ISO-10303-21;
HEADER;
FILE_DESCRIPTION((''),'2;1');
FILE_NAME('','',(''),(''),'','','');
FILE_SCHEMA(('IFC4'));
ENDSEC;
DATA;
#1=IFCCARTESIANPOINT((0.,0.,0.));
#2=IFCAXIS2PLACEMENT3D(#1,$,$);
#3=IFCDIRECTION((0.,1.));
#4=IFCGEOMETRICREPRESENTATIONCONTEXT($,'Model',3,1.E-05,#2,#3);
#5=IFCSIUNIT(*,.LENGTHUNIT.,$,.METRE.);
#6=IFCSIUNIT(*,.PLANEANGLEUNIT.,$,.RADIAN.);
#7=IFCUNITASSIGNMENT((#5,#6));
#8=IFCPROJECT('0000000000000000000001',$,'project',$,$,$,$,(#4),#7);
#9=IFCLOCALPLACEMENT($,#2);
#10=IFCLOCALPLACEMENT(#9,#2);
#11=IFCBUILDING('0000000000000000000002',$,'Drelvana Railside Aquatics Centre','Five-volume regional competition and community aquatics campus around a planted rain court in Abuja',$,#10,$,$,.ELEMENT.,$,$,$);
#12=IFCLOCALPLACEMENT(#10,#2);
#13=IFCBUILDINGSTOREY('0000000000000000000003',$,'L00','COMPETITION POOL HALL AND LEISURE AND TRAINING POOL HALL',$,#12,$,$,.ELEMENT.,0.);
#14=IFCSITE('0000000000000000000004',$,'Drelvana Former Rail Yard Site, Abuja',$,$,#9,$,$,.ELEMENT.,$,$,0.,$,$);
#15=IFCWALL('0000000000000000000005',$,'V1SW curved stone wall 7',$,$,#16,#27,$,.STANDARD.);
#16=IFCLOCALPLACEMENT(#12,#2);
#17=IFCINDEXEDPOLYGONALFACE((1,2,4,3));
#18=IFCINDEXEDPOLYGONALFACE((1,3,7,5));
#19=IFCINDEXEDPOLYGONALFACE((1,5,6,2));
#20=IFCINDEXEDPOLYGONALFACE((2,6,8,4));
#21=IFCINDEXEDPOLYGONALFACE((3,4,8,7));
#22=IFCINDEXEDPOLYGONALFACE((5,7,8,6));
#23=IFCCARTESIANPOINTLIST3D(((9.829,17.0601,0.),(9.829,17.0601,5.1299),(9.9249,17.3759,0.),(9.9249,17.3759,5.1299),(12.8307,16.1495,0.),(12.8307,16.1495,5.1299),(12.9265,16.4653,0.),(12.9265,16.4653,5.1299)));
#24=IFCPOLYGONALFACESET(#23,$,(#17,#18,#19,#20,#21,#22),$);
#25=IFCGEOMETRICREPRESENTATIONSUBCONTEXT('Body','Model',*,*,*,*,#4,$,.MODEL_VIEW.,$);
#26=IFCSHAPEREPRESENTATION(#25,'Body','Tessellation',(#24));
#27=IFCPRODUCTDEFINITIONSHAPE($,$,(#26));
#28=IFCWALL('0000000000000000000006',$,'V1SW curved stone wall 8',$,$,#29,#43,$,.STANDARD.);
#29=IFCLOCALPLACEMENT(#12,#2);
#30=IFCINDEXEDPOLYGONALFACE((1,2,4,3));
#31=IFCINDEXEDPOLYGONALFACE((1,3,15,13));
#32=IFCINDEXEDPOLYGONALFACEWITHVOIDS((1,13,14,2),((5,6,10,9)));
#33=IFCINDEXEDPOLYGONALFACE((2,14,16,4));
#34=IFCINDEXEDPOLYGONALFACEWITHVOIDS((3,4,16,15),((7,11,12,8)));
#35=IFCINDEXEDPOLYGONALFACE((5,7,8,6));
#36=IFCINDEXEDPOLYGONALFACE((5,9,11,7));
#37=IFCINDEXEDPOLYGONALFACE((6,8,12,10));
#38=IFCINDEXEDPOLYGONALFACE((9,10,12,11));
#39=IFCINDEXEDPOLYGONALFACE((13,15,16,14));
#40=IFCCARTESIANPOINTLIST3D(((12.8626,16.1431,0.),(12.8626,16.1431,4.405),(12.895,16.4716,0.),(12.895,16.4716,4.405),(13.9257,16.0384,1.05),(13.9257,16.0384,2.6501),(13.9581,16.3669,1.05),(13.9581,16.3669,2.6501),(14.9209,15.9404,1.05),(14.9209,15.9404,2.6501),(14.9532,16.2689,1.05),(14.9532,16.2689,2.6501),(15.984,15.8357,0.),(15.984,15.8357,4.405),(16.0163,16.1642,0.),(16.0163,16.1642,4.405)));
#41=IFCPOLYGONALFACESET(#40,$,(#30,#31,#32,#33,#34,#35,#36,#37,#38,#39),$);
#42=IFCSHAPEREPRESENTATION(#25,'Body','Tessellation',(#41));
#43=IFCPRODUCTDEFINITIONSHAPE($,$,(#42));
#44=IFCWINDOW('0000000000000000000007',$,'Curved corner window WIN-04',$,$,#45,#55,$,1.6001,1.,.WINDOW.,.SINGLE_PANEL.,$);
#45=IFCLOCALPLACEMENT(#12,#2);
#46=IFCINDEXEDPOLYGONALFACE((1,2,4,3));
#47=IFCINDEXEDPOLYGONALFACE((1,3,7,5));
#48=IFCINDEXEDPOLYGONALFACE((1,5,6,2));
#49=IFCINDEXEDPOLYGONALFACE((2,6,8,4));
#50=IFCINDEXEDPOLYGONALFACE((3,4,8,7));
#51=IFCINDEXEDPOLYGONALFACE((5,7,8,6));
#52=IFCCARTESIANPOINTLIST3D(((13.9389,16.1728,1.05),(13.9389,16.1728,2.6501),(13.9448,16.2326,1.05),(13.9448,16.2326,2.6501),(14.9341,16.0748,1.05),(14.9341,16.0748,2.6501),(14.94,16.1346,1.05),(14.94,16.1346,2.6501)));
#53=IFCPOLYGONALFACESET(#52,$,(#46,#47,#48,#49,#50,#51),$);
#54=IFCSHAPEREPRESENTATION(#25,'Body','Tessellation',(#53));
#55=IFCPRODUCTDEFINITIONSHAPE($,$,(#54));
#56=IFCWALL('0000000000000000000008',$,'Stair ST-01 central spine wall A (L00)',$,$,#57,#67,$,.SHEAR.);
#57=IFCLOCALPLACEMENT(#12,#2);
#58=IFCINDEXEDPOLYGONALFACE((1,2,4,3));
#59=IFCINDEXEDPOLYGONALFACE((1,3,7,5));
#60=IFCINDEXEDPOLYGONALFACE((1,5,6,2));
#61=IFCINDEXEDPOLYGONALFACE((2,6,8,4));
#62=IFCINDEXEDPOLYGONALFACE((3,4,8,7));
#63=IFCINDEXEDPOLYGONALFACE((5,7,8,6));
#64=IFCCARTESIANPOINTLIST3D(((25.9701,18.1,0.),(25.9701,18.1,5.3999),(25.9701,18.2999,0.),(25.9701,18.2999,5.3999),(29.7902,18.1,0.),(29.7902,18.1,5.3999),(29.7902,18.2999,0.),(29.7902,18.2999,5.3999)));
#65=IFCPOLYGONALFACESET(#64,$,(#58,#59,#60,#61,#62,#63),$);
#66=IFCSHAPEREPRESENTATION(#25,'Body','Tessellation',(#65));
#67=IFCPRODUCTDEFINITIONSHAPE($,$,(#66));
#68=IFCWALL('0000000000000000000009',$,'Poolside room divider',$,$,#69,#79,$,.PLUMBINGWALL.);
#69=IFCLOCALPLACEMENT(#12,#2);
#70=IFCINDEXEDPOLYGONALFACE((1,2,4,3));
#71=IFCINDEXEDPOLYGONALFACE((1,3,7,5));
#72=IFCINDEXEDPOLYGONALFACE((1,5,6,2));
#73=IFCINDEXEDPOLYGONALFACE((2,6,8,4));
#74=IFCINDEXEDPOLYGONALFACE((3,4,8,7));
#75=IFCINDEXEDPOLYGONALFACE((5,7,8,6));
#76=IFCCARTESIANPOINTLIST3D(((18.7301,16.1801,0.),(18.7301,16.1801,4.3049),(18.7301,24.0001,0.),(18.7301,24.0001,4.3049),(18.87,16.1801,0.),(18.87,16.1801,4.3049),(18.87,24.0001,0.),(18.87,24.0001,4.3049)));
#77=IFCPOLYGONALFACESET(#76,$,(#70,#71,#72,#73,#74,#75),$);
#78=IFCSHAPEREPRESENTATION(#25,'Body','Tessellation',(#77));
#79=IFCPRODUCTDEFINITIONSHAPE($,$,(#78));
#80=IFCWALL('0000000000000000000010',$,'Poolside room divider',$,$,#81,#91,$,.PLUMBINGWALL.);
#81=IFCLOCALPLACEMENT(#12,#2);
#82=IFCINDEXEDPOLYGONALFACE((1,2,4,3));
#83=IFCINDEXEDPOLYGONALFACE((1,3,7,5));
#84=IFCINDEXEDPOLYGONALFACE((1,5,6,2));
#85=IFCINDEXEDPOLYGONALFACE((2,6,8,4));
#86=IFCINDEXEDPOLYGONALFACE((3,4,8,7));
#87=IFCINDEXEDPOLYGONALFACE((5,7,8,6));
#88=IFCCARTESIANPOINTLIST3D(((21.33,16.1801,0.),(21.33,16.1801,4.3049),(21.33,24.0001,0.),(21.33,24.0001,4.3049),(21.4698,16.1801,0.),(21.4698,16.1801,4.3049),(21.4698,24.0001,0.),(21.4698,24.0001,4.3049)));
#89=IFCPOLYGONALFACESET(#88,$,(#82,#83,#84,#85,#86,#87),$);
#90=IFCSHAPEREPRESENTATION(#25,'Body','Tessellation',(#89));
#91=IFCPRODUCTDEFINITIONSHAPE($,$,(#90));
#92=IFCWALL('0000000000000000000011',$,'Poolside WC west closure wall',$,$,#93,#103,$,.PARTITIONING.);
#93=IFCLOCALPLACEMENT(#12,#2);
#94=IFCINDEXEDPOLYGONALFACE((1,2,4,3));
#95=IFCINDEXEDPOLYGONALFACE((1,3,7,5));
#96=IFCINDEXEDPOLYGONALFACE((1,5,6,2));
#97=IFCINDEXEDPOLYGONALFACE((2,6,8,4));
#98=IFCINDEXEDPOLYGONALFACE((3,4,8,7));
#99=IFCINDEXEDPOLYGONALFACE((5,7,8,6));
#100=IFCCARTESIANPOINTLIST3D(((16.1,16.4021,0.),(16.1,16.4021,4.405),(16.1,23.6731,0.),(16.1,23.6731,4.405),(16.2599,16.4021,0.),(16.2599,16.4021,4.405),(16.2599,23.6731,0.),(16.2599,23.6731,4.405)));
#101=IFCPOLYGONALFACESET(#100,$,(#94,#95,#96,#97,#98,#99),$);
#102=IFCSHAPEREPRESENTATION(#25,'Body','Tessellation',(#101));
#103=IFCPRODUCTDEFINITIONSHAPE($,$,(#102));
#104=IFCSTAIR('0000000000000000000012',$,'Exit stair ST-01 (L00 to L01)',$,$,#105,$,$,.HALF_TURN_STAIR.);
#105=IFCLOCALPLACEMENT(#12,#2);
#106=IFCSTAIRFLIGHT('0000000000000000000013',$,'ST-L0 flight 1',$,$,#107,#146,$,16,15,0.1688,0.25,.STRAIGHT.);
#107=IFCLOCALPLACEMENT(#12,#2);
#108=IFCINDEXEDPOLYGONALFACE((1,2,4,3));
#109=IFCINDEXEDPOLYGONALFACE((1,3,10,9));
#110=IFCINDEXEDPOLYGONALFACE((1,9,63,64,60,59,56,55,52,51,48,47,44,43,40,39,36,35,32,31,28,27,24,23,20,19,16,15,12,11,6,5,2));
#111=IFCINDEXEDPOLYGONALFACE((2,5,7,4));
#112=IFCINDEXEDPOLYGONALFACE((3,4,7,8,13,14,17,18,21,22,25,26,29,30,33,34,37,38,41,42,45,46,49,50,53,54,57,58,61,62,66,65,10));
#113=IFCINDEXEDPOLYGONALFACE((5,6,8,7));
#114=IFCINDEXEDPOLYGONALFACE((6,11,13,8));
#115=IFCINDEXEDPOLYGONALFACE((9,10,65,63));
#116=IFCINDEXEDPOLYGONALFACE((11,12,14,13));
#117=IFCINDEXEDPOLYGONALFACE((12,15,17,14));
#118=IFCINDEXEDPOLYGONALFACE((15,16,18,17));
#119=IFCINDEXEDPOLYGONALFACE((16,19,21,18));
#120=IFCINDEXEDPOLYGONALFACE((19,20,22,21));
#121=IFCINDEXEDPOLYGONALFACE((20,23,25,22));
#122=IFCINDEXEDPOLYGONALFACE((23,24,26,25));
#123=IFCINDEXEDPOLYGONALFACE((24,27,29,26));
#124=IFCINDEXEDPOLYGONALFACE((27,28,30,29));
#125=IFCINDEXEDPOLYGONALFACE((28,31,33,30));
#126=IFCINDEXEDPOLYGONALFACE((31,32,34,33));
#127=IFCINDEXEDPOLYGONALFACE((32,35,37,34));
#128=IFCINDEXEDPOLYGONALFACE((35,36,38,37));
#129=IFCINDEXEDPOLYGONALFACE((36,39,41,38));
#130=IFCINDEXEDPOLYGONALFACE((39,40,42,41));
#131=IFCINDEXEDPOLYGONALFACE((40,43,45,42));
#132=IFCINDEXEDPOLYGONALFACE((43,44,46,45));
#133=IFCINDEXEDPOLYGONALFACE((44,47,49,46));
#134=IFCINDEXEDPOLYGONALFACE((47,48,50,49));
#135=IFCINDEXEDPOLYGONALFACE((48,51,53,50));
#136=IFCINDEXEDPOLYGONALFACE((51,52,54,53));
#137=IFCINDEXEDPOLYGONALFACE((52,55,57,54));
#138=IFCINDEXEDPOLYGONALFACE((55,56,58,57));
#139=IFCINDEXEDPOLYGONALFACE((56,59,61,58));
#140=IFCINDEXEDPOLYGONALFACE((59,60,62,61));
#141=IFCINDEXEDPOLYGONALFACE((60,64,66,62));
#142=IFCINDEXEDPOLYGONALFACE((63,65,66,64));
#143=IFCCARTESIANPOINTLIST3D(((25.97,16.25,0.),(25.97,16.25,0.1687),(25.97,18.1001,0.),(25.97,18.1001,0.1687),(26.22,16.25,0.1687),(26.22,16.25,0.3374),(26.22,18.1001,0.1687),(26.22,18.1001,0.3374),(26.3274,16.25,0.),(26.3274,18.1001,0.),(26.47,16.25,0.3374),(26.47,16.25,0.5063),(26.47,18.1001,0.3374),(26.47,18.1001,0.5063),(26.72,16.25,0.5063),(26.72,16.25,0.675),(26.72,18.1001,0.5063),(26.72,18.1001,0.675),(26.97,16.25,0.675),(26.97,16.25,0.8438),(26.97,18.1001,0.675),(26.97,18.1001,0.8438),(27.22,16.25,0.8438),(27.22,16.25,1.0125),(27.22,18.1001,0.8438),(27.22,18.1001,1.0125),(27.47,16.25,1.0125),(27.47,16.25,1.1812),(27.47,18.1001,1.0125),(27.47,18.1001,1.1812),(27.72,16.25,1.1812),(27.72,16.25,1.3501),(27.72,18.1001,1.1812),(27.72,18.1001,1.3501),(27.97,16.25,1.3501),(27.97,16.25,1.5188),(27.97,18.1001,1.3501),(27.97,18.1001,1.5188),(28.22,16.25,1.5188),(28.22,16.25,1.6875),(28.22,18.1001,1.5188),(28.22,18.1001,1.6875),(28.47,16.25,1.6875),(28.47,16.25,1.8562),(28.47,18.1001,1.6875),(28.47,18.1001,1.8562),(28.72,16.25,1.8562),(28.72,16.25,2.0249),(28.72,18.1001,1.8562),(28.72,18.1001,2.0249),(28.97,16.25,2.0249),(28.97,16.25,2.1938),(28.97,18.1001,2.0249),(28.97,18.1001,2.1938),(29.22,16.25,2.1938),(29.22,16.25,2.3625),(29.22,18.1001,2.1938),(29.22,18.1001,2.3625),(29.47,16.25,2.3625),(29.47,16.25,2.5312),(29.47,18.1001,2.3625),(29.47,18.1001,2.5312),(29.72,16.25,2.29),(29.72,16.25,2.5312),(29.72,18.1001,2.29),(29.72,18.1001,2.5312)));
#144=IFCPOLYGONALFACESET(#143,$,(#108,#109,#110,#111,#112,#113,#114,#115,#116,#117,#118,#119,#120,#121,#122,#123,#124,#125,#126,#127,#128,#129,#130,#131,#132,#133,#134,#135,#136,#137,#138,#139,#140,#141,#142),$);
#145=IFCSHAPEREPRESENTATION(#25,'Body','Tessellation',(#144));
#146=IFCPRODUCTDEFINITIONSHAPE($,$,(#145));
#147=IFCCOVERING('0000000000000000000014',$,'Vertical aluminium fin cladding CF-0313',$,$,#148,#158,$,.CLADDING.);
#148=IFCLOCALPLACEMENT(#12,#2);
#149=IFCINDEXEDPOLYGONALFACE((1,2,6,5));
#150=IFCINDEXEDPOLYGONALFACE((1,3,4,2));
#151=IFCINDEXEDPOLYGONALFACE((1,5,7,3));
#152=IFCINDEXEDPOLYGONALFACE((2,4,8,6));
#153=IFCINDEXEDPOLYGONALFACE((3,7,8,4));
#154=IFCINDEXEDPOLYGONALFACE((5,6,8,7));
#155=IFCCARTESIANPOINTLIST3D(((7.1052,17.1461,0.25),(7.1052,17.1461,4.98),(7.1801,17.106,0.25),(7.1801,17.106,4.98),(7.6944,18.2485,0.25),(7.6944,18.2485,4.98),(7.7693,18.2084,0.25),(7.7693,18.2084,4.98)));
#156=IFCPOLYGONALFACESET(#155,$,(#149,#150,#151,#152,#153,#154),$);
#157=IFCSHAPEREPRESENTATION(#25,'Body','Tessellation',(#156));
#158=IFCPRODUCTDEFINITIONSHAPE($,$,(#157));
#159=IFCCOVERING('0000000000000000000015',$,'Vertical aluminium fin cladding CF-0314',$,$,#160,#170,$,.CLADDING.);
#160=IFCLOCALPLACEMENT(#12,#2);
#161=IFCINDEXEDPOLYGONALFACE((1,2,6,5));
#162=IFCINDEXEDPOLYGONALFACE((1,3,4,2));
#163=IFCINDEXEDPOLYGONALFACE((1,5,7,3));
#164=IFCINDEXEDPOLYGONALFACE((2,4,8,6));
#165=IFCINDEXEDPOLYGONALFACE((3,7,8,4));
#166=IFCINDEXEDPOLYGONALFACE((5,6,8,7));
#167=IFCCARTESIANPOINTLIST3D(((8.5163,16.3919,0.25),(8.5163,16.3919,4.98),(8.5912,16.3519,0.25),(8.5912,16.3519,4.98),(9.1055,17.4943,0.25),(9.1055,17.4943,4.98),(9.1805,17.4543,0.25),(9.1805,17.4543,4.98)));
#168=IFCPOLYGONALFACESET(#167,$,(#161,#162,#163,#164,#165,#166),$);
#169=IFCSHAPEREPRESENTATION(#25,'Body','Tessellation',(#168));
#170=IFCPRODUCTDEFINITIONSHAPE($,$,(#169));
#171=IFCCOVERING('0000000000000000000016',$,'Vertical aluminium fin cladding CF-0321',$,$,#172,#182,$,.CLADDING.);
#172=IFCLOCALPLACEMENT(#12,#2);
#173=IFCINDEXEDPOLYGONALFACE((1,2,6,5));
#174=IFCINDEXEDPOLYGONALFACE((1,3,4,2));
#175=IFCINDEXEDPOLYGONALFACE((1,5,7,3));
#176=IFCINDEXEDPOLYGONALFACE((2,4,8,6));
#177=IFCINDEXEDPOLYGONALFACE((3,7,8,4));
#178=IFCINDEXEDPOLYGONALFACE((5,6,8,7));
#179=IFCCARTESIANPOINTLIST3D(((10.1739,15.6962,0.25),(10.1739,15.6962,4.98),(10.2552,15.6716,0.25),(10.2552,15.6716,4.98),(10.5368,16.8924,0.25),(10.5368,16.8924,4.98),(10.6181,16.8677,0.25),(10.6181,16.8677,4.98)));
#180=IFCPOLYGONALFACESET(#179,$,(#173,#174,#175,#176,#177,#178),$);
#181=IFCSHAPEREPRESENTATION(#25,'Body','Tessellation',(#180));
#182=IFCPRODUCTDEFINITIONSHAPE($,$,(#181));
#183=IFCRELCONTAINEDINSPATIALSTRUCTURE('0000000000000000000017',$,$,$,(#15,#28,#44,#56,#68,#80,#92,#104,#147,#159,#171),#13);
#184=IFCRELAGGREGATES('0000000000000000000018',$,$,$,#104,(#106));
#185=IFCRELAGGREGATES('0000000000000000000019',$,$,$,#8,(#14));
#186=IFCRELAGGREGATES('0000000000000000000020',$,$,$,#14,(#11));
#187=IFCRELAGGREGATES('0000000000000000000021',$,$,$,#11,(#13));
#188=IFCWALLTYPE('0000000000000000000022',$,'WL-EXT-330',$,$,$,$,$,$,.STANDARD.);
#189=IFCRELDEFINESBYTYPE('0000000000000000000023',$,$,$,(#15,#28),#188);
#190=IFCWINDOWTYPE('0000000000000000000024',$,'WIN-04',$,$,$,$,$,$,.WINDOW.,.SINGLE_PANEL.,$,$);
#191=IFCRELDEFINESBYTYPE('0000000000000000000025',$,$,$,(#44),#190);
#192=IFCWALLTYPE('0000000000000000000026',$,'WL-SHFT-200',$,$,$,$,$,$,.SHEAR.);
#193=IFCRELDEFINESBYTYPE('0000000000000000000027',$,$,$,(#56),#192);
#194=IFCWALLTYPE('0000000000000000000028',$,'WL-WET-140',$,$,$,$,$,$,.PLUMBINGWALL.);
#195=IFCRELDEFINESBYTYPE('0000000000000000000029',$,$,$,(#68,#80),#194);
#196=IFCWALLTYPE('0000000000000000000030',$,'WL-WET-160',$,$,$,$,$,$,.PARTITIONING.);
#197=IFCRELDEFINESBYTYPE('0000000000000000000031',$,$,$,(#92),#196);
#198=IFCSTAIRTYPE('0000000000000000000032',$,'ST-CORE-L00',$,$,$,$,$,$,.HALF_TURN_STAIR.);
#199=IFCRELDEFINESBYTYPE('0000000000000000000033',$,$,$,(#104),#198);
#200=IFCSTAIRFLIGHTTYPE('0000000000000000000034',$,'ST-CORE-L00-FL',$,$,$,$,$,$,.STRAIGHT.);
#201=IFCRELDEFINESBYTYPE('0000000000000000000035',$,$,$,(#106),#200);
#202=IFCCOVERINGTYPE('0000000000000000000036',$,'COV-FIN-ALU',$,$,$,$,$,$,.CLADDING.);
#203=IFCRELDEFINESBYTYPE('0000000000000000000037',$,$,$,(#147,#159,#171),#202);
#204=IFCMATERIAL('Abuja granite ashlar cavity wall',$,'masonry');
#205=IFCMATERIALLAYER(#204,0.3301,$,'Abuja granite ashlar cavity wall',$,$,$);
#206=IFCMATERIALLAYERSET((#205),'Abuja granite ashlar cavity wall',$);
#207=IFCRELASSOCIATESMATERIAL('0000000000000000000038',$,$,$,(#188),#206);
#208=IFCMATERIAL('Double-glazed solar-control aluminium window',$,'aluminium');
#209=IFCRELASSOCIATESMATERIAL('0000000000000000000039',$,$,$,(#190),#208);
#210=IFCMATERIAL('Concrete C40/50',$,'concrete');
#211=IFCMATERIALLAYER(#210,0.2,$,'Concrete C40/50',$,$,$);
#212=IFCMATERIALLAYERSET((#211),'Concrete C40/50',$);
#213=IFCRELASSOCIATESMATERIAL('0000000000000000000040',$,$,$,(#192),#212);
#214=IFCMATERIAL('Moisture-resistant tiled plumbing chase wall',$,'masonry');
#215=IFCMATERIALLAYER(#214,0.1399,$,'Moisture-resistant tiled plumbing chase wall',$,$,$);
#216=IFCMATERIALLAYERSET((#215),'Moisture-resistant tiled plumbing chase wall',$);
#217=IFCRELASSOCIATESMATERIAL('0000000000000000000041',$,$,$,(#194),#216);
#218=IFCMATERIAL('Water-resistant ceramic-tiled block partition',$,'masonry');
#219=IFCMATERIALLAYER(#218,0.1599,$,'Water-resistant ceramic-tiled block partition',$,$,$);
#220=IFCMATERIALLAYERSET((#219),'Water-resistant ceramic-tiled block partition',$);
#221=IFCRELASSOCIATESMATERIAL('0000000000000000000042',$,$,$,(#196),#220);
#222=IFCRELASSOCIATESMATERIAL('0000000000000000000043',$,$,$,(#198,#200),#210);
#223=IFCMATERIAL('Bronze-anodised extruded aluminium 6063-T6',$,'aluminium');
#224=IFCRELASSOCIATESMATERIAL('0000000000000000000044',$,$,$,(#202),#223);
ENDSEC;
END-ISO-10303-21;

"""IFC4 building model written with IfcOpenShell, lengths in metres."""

from ifc_helpers import new_model, si_unit, direction, frame, frame_2d, origin, origin_2d, place, context, subcontext, project, spatial, polyline, rectangle, outline, extrude, material, layer, layer_set, type_object, element, fill, aggregate, save


model = new_model("IFC4")

# Units and contexts
model_context = context("Model", 3, precision=1e-05, world=origin(), true_north=direction((0.0, 1.0)))
body_context = subcontext(model_context, "Body", "Model", "MODEL_VIEW")
ifc_project = project(units=[si_unit("LENGTHUNIT", "METRE"), si_unit("PLANEANGLEUNIT", "RADIAN")], contexts=[model_context])

# Site, building, storey
site_placement = place(None, origin())
site = spatial("IfcSite", under=ifc_project, at=site_placement, Name="Drelvana Former Rail Yard Site, Abuja", CompositionType="ELEMENT", RefElevation=0.0)
building_placement = place(site_placement, origin())
building = spatial("IfcBuilding", under=site, at=building_placement, Name="Drelvana Railside Aquatics Centre", Description="Five-volume regional competition and community aquatics campus around a planted rain court in Abuja", CompositionType="ELEMENT")
storey_placement = place(building_placement, origin())
storey = spatial("IfcBuildingStorey", under=building, at=storey_placement, Name="L00", Description="COMPETITION POOL HALL AND LEISURE AND TRAINING POOL HALL", CompositionType="ELEMENT", Elevation=0.0)

# Shared definitions
ifc_material_1 = material(Name="Concrete C40/50", Category="concrete")

# Wall
ifc_material_2 = material(Name="Abuja granite ashlar cavity wall", Category="masonry")
ifc_layer_1 = layer(ifc_material_2, 0.3301, Name="Abuja granite ashlar cavity wall")
ifc_layer_set_1 = layer_set([ifc_layer_1], Name="Abuja granite ashlar cavity wall")
wall_type_1 = type_object("IfcWallType", Name="WL-EXT-330", PredefinedType="STANDARD", material=ifc_layer_set_1)
wall_1_placement = place(storey_placement, frame((9.877, 17.218, 0.0), z_axis=(0.0, 0.0, 1.0), x_axis=(0.956933, -0.29031, 0.0)))
element("IfcWall", 1, at=wall_1_placement, inside=storey, type_object=wall_type_1, Name="V1SW curved stone wall 7", PredefinedType="STANDARD", context=body_context, shape_type="SweptSolid", body=[
    extrude(rectangle(XDim=3.1367, YDim=0.3301, at=frame_2d((1.5684, 0.0))), origin(), (0.0, 0.0, 1.0), 5.1299),
])

# Wall, opening, window
wall_2_placement = place(storey_placement, frame((12.8787, 16.3074, 0.0), z_axis=(0.0, 0.0, 1.0), x_axis=(0.995186, -0.098001, 0.0)))
wall_2 = element("IfcWall", 2, at=wall_2_placement, inside=storey, type_object=wall_type_1, Name="V1SW curved stone wall 8", PredefinedType="STANDARD", context=body_context, shape_type="SweptSolid", body=[
    extrude(rectangle(XDim=3.1365, YDim=0.3301, at=frame_2d((1.5684, 0.0))), origin(), (0.0, 0.0, 1.0), 4.405),
])
opening_placement = place(wall_2_placement, frame((1.0684, 0.0, 1.05)))
opening = element("IfcOpeningElement", 3, at=opening_placement, cuts=wall_2, PredefinedType="OPENING", context=body_context, shape_type="SweptSolid", body=[
    extrude(rectangle(XDim=1.0, YDim=1.6001, at=frame_2d((0.5, 0.8))), frame((0.0, 0.175, 0.0), z_axis=(0.0, -1.0, 0.0), x_axis=(1.0, 0.0, 0.0)), (0.0, 0.0, 1.0), 0.3501),
])
ifc_material_3 = material(Name="Double-glazed solar-control aluminium window", Category="aluminium")
window_type = type_object("IfcWindowType", Name="WIN-04", PartitioningType="SINGLE_PANEL", PredefinedType="WINDOW", material=ifc_material_3)
window_placement = place(opening_placement, origin())
window = element("IfcWindow", 4, at=window_placement, inside=storey, type_object=window_type, Name="Curved corner window WIN-04", OverallHeight=1.6001, OverallWidth=1.0, PartitioningType="SINGLE_PANEL", PredefinedType="WINDOW", context=body_context, shape_type="SweptSolid", body=[
    extrude(rectangle(XDim=1.0, YDim=1.6001, at=frame_2d((0.5, 0.8))), frame((0.0, 0.03, 0.0), z_axis=(0.0, -1.0, 0.0), x_axis=(1.0, 0.0, 0.0)), (0.0, 0.0, 1.0), 0.0601),
])
fill(opening, window)

# Walls
ifc_layer_2 = layer(ifc_material_1, 0.2, Name="Concrete C40/50")
ifc_layer_set_2 = layer_set([ifc_layer_2], Name="Concrete C40/50")
wall_type_2 = type_object("IfcWallType", Name="WL-SHFT-200", PredefinedType="SHEAR", material=ifc_layer_set_2)
wall_3_placement = place(storey_placement, frame((25.97, 18.2, 0.0), z_axis=(0.0, 0.0, 1.0), x_axis=(1.0, 0.0, 0.0)))
element("IfcWall", 5, at=wall_3_placement, inside=storey, type_object=wall_type_2, Name="Stair ST-01 central spine wall A (L00)", PredefinedType="SHEAR", context=body_context, shape_type="SweptSolid", body=[
    extrude(rectangle(XDim=3.8201, YDim=0.2, at=frame_2d((1.9102, 0.0))), origin(), (0.0, 0.0, 1.0), 5.3999),
])
ifc_material_4 = material(Name="Moisture-resistant tiled plumbing chase wall", Category="masonry")
ifc_layer_3 = layer(ifc_material_4, 0.1399, Name="Moisture-resistant tiled plumbing chase wall")
ifc_layer_set_3 = layer_set([ifc_layer_3], Name="Moisture-resistant tiled plumbing chase wall")
wall_type_3 = type_object("IfcWallType", Name="WL-WET-140", PredefinedType="PLUMBINGWALL", material=ifc_layer_set_3)
for number, where, z_axis, x_axis, name in (
    (6, (18.8, 16.1799, 0.0), (0.0, 0.0, 1.0), (0.0, 1.0, 0.0), "Poolside room divider"),
    (7, (21.3999, 16.1799, 0.0), (0.0, 0.0, 1.0), (0.0, 1.0, 0.0), "Poolside room divider"),
):
    element("IfcWall", number, at=place(storey_placement, frame(where, z_axis=z_axis, x_axis=x_axis)), inside=storey, type_object=wall_type_3, Name=name, PredefinedType="PLUMBINGWALL", context=body_context, shape_type="SweptSolid", body=[
        extrude(rectangle(XDim=7.8201, YDim=0.1399, at=frame_2d((3.9102, 0.0))), origin(), (0.0, 0.0, 1.0), 4.3049),
    ])
ifc_material_5 = material(Name="Water-resistant ceramic-tiled block partition", Category="masonry")
ifc_layer_4 = layer(ifc_material_5, 0.1599, Name="Water-resistant ceramic-tiled block partition")
ifc_layer_set_4 = layer_set([ifc_layer_4], Name="Water-resistant ceramic-tiled block partition")
wall_type_4 = type_object("IfcWallType", Name="WL-WET-160", PredefinedType="PARTITIONING", material=ifc_layer_set_4)
wall_4_placement = place(storey_placement, frame((16.1799, 16.4021, 0.0), z_axis=(0.0, 0.0, 1.0), x_axis=(0.0, 1.0, 0.0)))
element("IfcWall", 8, at=wall_4_placement, inside=storey, type_object=wall_type_4, Name="Poolside WC west closure wall", PredefinedType="PARTITIONING", context=body_context, shape_type="SweptSolid", body=[
    extrude(rectangle(XDim=7.271, YDim=0.1599, at=frame_2d((3.6355, 0.0))), origin(), (0.0, 0.0, 1.0), 4.405),
])

# Stair, stair flight
stair_type = type_object("IfcStairType", Name="ST-CORE-L00", PredefinedType="HALF_TURN_STAIR", material=ifc_material_1)
stair_placement = place(storey_placement, origin())
stair = element("IfcStair", 9, at=stair_placement, inside=storey, type_object=stair_type, Name="Exit stair ST-01 (L00 to L01)", PredefinedType="HALF_TURN_STAIR")
stair_flight_type = type_object("IfcStairFlightType", Name="ST-CORE-L00-FL", PredefinedType="STRAIGHT", material=ifc_material_1)
stair_flight_placement = place(storey_placement, frame((25.97, 17.175, 0.0), z_axis=(0.0, 0.0, 1.0), x_axis=(1.0, 0.0, 0.0)))
stair_flight = element("IfcStairFlight", 10, at=stair_flight_placement, type_object=stair_flight_type, Name="ST-L0 flight 1", NumberOfRisers=16, NumberOfTreads=15, PredefinedType="STRAIGHT", RiserHeight=0.1688, TreadLength=0.25, context=body_context, shape_type="SweptSolid", body=[
    extrude(outline(polyline([(0.0, 0.0), (0.0, 0.1687), (0.25, 0.1687), (0.25, 0.3374), (0.5, 0.3374), (0.5, 0.5063), (0.75, 0.5063), (0.75, 0.675), (1.0, 0.675), (1.0, 0.8438), (1.25, 0.8438), (1.25, 1.0125), (1.5, 1.0125), (1.5, 1.1812), (1.75, 1.1812), (1.75, 1.3501), (2.0, 1.3501), (2.0, 1.5188), (2.25, 1.5188), (2.25, 1.6875), (2.5, 1.6875), (2.5, 1.8562), (2.75, 1.8562), (2.75, 2.0249), (3.0, 2.0249), (3.0, 2.1938), (3.25, 2.1938), (3.25, 2.3625), (3.5, 2.3625), (3.5, 2.5312), (3.75, 2.5312), (3.75, 2.7), (3.75, 2.29), (0.3574, 0.0), (0.0, 0.0)])), frame((0.0, 0.925, 0.0), z_axis=(0.0, -1.0, 0.0), x_axis=(1.0, 0.0, 0.0)), (0.0, 0.0, 1.0), 1.8501),
])
aggregate(stair, [stair_flight])

# Coverings
ifc_material_6 = material(Name="Bronze-anodised extruded aluminium 6063-T6", Category="aluminium")
covering_type = type_object("IfcCoveringType", Name="COV-FIN-ALU", PredefinedType="CLADDING", material=ifc_material_6)
for number, where, z_axis, x_axis, name in (
    (11, (7.4373, 17.6772, 0.25), (0.0, 0.0, 1.0), (-0.881921, 0.471397, 0.0), "Vertical aluminium fin cladding CF-0313"),
    (12, (8.8484, 16.9231, 0.25), (0.0, 0.0, 1.0), (-0.881921, 0.471397, 0.0), "Vertical aluminium fin cladding CF-0314"),
    (13, (10.396, 16.282, 0.25), (0.0, 0.0, 1.0), (-0.95694, 0.290285, 0.0), "Vertical aluminium fin cladding CF-0321"),
):
    element("IfcCovering", number, at=place(storey_placement, frame(where, z_axis=z_axis, x_axis=x_axis)), inside=storey, type_object=covering_type, Name=name, PredefinedType="CLADDING", context=body_context, shape_type="SweptSolid", body=[
        extrude(rectangle(XDim=0.085, YDim=1.25, at=origin_2d()), origin(), (0.0, 0.0, 1.0), 4.73),
    ])

save(model, "model.ifc")
